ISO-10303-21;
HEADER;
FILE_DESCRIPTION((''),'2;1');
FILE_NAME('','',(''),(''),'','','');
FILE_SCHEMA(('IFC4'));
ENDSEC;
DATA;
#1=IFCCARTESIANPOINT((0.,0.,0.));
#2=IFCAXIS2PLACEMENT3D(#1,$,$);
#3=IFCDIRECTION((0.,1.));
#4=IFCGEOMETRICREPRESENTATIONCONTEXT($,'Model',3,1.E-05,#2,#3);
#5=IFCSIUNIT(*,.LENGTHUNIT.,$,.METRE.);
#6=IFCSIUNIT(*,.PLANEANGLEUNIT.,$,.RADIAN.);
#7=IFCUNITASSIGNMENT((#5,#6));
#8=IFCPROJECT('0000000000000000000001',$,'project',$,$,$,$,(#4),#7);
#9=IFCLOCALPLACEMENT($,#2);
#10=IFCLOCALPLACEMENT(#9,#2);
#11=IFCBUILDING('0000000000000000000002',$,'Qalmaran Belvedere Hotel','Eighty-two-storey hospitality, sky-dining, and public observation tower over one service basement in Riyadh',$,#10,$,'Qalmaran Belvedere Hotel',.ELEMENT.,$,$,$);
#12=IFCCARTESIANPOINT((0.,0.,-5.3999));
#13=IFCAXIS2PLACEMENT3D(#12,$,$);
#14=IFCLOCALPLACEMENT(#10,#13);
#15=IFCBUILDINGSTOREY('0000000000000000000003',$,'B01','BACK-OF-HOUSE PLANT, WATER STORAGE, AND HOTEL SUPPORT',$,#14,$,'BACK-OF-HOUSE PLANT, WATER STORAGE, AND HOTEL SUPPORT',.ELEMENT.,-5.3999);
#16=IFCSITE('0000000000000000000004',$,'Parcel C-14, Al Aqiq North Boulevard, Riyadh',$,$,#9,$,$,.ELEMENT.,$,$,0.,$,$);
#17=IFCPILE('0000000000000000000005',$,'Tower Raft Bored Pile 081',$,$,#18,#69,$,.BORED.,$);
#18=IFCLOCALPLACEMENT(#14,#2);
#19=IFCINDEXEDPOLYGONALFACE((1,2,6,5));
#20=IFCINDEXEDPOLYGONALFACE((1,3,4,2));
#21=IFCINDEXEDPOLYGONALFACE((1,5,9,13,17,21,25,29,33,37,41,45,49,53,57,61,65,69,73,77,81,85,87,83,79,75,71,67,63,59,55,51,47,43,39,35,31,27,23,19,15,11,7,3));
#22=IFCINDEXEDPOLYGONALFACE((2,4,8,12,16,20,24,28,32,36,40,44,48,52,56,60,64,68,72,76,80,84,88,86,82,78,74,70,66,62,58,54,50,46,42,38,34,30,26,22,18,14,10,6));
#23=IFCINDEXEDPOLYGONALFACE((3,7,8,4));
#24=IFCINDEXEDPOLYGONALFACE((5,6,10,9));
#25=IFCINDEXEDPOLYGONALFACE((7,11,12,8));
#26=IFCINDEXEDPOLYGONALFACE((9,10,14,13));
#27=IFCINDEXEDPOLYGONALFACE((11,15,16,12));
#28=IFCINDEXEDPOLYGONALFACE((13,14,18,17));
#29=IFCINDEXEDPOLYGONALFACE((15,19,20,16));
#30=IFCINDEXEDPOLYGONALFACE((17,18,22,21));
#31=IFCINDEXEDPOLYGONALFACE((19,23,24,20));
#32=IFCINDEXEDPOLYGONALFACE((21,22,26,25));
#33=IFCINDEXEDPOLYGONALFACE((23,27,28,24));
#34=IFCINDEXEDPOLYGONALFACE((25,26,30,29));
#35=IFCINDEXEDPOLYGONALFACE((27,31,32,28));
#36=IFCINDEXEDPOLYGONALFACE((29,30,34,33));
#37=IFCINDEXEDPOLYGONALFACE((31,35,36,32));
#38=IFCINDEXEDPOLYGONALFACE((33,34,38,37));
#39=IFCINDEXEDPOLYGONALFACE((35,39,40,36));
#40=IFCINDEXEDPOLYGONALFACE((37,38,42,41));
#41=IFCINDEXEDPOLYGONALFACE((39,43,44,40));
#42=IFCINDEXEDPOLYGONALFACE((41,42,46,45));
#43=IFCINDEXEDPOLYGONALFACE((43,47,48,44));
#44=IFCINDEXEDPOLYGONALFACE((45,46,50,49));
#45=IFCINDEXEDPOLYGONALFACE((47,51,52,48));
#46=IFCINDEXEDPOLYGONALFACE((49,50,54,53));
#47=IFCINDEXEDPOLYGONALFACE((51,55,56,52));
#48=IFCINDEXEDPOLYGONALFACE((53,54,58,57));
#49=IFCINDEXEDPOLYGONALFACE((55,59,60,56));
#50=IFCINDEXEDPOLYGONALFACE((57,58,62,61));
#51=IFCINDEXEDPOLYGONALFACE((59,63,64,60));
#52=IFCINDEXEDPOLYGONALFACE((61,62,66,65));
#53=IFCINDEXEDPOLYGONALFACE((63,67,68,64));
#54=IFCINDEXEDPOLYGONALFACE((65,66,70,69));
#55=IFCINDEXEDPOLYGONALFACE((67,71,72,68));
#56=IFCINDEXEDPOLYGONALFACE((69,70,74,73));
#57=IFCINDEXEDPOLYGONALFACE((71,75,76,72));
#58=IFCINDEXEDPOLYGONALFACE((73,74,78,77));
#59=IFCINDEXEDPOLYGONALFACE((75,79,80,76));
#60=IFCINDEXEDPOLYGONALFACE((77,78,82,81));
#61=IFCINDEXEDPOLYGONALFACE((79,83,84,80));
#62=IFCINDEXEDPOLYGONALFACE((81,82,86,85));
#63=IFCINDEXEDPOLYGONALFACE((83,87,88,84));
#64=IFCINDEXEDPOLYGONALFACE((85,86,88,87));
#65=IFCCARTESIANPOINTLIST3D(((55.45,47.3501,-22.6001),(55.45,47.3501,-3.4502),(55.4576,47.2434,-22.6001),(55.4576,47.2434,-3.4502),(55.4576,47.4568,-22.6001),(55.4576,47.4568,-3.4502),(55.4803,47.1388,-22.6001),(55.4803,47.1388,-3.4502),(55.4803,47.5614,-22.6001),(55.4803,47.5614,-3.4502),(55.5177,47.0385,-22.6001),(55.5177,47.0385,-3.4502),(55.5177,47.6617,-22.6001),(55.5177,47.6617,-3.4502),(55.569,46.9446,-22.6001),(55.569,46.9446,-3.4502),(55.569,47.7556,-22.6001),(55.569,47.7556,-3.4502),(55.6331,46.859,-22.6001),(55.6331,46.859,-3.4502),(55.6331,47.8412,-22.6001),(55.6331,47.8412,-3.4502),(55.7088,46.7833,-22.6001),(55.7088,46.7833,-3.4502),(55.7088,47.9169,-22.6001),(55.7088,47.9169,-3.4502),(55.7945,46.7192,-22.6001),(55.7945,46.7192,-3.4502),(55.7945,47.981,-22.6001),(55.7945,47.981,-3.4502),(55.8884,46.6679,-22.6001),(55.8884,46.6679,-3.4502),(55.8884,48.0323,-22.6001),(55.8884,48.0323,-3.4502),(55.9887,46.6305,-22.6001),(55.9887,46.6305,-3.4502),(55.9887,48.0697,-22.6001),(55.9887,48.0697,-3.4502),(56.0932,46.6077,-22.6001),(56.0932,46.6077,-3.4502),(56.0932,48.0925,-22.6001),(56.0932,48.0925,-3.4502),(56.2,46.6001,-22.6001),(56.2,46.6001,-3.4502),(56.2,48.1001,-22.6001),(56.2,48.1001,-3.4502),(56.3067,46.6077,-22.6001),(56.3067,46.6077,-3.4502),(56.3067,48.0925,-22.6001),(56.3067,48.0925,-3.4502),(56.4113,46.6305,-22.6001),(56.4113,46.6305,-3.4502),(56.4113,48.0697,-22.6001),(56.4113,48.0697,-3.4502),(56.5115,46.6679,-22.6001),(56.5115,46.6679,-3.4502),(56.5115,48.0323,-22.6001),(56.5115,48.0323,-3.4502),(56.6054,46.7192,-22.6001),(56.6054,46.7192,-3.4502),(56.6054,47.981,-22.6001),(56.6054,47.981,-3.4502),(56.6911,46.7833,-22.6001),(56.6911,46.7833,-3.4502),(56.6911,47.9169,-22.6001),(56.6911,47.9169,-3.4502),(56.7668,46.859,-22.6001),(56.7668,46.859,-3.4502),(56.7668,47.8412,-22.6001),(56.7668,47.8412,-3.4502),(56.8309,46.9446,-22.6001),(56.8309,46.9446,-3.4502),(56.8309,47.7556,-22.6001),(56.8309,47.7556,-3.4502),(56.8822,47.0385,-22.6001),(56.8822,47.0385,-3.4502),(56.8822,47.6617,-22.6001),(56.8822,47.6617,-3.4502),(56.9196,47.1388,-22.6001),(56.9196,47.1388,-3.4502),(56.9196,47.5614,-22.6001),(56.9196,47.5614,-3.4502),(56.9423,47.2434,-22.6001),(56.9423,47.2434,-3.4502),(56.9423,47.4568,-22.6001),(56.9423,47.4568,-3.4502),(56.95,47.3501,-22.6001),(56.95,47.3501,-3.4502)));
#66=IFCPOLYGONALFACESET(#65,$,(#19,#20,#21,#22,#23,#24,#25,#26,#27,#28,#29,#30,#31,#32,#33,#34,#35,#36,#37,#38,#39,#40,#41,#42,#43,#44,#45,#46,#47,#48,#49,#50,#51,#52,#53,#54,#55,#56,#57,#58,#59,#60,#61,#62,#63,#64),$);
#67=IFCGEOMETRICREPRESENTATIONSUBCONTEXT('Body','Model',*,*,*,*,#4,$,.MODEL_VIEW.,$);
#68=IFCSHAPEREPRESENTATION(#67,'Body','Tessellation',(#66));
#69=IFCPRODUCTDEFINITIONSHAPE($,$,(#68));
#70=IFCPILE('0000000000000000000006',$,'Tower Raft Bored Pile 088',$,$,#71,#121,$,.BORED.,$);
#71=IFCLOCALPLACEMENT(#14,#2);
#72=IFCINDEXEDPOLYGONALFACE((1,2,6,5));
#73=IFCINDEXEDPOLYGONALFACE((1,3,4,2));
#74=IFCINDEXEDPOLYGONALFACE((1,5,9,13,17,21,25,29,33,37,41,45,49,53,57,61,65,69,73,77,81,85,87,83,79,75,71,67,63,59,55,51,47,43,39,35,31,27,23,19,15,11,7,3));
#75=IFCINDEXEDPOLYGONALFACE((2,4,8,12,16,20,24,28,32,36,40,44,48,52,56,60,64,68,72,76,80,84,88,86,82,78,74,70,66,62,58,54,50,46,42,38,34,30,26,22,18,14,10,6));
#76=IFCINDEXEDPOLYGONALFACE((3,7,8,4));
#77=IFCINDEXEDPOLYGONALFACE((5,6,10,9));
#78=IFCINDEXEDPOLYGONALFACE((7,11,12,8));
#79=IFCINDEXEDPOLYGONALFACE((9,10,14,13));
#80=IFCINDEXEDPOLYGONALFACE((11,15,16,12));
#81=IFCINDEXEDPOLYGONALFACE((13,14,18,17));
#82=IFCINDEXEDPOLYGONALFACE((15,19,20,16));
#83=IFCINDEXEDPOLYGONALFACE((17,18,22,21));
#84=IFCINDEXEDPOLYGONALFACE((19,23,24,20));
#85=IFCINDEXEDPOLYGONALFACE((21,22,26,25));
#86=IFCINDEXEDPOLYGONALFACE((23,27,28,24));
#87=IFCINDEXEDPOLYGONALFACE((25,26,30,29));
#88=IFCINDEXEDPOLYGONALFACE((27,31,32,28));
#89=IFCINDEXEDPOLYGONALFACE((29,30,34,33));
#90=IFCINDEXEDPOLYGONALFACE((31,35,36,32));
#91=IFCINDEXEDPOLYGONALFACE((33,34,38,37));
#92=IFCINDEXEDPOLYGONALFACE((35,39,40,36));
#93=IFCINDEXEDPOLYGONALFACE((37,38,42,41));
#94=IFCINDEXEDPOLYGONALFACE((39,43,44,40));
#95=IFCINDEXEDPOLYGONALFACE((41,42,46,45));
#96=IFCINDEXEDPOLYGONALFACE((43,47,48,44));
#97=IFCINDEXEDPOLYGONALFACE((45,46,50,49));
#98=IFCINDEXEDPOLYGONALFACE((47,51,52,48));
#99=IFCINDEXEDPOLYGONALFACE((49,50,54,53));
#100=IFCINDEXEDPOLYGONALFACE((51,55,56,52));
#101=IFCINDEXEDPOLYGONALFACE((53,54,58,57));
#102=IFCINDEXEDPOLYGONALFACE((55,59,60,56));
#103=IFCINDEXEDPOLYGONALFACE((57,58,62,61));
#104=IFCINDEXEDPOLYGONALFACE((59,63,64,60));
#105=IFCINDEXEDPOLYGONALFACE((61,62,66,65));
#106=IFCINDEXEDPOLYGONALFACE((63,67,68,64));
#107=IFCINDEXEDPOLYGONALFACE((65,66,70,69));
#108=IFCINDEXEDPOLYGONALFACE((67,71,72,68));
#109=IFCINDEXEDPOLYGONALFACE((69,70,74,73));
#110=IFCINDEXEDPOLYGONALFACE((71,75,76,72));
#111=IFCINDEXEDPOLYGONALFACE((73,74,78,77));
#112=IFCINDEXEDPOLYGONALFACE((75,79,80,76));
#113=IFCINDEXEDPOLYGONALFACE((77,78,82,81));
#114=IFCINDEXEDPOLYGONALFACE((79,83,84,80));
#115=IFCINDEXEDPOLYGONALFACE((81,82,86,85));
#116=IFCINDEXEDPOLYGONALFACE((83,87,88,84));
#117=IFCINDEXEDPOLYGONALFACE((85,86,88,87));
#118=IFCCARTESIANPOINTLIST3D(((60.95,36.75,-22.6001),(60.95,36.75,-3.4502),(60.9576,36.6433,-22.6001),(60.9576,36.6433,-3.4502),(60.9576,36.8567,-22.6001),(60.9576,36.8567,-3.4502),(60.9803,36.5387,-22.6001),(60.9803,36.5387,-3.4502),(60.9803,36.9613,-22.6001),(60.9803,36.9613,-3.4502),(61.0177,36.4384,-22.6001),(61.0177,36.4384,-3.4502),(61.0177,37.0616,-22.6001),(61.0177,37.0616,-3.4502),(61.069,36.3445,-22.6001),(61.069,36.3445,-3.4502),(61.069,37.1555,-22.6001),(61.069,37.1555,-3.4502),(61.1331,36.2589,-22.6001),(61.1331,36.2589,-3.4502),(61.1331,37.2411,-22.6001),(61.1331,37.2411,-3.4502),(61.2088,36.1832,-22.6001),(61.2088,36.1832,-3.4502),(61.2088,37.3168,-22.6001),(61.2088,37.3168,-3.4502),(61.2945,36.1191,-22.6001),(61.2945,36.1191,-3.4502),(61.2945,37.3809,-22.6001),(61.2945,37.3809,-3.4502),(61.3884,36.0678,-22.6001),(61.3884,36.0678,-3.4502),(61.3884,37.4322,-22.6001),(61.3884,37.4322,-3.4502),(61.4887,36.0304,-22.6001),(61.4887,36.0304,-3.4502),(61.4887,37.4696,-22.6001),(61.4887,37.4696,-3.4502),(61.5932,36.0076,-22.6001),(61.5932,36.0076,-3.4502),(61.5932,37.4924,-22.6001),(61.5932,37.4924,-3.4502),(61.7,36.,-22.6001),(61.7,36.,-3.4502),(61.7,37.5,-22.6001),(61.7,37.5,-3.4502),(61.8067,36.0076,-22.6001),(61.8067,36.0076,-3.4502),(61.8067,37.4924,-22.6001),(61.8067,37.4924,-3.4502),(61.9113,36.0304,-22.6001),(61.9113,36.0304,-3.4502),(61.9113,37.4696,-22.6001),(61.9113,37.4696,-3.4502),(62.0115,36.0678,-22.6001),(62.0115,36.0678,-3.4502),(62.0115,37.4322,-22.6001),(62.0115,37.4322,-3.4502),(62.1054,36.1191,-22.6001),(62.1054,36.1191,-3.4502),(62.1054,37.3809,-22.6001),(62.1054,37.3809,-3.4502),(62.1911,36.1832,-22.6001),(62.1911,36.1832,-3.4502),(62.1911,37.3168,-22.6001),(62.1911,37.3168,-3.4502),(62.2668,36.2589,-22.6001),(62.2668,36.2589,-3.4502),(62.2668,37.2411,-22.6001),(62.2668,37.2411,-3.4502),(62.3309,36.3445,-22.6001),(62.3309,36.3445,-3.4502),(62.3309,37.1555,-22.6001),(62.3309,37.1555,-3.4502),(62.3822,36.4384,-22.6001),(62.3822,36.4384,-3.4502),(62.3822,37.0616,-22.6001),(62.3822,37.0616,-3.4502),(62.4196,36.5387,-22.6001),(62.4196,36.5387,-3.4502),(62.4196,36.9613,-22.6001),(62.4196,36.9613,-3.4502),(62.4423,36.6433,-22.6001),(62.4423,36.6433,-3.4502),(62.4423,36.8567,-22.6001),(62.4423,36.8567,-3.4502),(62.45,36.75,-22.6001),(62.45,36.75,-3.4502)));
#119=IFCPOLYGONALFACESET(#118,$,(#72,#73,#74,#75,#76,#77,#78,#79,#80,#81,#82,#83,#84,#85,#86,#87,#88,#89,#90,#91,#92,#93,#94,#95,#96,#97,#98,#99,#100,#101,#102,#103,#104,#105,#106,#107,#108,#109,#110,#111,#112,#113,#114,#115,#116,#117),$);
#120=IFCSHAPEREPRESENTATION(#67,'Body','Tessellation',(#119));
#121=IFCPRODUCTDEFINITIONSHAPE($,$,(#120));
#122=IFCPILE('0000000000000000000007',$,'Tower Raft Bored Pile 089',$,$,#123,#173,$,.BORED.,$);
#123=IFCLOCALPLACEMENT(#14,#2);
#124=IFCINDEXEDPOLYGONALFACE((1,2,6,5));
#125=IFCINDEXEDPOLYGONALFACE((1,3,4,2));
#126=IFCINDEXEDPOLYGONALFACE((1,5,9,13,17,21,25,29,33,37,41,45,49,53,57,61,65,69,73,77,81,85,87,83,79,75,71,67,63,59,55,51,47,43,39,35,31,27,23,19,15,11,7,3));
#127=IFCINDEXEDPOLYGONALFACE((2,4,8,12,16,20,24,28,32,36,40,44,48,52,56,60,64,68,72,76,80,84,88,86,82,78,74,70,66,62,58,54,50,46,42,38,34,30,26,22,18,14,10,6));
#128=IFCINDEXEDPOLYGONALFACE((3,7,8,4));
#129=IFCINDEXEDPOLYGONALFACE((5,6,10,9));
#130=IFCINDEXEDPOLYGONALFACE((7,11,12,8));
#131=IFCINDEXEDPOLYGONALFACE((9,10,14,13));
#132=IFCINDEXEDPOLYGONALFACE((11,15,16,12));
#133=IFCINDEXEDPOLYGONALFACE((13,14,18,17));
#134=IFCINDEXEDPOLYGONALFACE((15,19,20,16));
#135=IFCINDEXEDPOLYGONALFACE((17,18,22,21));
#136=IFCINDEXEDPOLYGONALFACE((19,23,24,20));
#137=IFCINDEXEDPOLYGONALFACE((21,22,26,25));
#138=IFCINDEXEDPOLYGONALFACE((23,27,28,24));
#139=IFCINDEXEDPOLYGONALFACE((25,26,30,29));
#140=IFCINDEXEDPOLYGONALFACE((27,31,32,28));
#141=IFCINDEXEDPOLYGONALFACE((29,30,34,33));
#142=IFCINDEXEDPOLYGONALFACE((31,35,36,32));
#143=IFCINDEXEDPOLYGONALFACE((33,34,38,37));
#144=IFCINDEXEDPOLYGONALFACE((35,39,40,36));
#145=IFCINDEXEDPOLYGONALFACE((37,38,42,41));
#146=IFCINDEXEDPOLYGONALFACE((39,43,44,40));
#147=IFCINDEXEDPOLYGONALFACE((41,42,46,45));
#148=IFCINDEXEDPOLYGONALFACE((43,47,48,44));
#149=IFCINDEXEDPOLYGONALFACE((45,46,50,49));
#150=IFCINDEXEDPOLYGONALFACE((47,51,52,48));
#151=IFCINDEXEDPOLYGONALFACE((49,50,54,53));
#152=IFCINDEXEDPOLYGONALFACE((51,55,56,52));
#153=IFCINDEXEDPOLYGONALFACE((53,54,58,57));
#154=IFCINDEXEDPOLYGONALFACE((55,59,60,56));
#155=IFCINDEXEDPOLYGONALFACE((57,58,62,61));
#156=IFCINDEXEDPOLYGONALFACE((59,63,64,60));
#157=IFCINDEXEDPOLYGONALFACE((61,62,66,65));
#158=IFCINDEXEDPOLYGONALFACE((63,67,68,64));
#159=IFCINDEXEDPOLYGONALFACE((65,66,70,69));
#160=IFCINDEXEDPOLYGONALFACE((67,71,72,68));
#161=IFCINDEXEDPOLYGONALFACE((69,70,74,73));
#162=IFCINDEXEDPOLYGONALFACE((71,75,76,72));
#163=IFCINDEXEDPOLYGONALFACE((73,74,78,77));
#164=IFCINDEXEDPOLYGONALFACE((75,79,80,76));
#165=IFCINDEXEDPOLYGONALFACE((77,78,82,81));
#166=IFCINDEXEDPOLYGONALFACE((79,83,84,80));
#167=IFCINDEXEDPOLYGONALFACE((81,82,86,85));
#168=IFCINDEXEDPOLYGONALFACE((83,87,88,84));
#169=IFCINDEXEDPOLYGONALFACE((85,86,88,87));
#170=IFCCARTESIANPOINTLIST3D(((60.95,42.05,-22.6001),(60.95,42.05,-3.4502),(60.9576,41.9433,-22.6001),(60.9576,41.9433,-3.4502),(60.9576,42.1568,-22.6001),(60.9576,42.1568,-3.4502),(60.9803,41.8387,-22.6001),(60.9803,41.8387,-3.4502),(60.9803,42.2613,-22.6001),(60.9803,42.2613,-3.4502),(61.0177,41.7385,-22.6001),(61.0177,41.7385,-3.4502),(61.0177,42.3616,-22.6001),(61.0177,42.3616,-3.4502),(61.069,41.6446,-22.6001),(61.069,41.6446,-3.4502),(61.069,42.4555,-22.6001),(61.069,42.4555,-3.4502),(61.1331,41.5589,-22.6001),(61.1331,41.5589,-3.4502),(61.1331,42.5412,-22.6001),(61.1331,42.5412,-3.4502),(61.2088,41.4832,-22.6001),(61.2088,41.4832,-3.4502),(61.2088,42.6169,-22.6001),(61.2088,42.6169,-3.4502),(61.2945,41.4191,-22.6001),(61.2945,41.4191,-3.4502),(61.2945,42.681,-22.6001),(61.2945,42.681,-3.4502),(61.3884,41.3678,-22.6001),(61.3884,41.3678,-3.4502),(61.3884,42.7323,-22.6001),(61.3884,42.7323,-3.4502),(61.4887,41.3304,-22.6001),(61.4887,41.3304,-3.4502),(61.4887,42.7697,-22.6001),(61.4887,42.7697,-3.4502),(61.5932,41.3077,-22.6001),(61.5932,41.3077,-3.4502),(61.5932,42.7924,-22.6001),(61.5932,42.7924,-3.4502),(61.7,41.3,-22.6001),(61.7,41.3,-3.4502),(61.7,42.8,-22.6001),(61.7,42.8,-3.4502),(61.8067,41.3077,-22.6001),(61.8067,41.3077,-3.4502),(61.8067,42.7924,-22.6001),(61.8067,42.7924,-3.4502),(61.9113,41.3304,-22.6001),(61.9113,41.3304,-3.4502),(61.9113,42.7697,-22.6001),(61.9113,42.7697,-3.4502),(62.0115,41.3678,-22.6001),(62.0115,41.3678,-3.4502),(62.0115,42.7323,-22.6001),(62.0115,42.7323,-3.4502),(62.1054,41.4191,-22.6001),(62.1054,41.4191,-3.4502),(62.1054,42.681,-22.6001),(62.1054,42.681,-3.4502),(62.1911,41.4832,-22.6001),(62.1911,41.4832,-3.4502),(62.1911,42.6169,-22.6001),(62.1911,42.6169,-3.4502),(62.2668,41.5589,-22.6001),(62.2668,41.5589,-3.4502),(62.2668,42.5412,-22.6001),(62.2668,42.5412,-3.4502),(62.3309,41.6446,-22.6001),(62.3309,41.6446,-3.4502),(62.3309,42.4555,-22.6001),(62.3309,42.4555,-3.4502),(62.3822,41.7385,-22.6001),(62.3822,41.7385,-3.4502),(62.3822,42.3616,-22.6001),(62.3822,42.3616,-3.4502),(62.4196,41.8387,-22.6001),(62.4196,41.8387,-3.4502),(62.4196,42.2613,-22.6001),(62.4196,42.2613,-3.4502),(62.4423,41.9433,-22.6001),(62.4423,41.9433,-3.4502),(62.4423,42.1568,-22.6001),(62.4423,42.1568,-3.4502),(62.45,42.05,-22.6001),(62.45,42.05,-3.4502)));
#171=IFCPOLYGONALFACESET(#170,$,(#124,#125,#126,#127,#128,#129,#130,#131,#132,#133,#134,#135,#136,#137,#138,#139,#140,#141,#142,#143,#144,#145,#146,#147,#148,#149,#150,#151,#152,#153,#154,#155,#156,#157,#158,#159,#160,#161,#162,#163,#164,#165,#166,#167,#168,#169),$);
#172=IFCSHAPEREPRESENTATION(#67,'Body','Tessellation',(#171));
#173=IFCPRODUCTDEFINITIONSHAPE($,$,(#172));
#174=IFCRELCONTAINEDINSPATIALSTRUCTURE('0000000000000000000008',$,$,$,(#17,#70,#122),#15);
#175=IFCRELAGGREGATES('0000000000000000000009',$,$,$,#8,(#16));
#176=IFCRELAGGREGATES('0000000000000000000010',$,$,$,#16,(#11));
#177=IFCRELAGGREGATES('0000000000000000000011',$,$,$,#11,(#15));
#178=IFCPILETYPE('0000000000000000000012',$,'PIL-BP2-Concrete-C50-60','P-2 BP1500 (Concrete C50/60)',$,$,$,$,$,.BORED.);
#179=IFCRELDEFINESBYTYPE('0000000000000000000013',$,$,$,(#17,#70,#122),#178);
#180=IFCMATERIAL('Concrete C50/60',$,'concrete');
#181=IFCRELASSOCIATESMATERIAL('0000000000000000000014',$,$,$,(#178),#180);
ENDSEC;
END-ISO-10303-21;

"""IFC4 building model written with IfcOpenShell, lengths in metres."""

from ifc_helpers import new_model, si_unit, direction, frame, origin, origin_2d, place, context, subcontext, project, spatial, circle, extrude, material, material_profile, profile_set, type_object, element, save


model = new_model("IFC4")

# Units and contexts
model_context = context("Model", 3, precision=1e-05, world=origin(), true_north=direction((0.0, 1.0)))
body_context = subcontext(model_context, "Body", "Model", "MODEL_VIEW")
ifc_project = project(units=[si_unit("LENGTHUNIT", "METRE"), si_unit("PLANEANGLEUNIT", "RADIAN")], contexts=[model_context])

# Site, building, storey
site_placement = place(None, origin())
site = spatial("IfcSite", under=ifc_project, at=site_placement, Name="Parcel C-14, Al Aqiq North Boulevard, Riyadh", CompositionType="ELEMENT", RefElevation=0.0)
building_placement = place(site_placement, origin())
building = spatial("IfcBuilding", under=site, at=building_placement, Name="Qalmaran Belvedere Hotel", Description="Eighty-two-storey hospitality, sky-dining, and public observation tower over one service basement in Riyadh", LongName="Qalmaran Belvedere Hotel", CompositionType="ELEMENT")
storey_placement = place(building_placement, frame((0.0, 0.0, -5.3999)))
storey = spatial("IfcBuildingStorey", under=building, at=storey_placement, Name="B01", Description="BACK-OF-HOUSE PLANT, WATER STORAGE, AND HOTEL SUPPORT", LongName="BACK-OF-HOUSE PLANT, WATER STORAGE, AND HOTEL SUPPORT", CompositionType="ELEMENT", Elevation=-5.3999)

# Shared definitions
ifc_material_1 = material(Name="Concrete C50/60", Category="concrete")

# Piles
ifc_material_profile_1 = material_profile(ifc_material_1, circle(Radius=0.75, at=origin_2d()), Name="BP1500")
ifc_profile_set_1 = profile_set([ifc_material_profile_1], Name="Concrete C50/60")
pile_type_1 = type_object("IfcPileType", Name="PIL-BP2-Concrete-C50-60", Description="P-2 BP1500 (Concrete C50/60)", PredefinedType="BORED", material=ifc_profile_set_1)
for number, where, z_axis, x_axis, name in (
    (1, (56.2, 47.3501, -3.4502), (0.0, 0.0, -1.0), (1.0, 0.0, 0.0), "Tower Raft Bored Pile 081"),
    (2, (61.7, 36.75, -3.4502), (0.0, 0.0, -1.0), (1.0, 0.0, 0.0), "Tower Raft Bored Pile 088"),
    (3, (61.7, 42.05, -3.4502), (0.0, 0.0, -1.0), (1.0, 0.0, 0.0), "Tower Raft Bored Pile 089"),
):
    element("IfcPile", number, at=place(storey_placement, frame(where, z_axis=z_axis, x_axis=x_axis)), inside=storey, type_object=pile_type_1, Name=name, PredefinedType="BORED", context=body_context, shape_type="SweptSolid", body=[
        extrude(circle(Radius=0.75, at=origin_2d()), origin(), (0.0, 0.0, 1.0), 19.1499),
    ])

save(model, "model.ifc")
